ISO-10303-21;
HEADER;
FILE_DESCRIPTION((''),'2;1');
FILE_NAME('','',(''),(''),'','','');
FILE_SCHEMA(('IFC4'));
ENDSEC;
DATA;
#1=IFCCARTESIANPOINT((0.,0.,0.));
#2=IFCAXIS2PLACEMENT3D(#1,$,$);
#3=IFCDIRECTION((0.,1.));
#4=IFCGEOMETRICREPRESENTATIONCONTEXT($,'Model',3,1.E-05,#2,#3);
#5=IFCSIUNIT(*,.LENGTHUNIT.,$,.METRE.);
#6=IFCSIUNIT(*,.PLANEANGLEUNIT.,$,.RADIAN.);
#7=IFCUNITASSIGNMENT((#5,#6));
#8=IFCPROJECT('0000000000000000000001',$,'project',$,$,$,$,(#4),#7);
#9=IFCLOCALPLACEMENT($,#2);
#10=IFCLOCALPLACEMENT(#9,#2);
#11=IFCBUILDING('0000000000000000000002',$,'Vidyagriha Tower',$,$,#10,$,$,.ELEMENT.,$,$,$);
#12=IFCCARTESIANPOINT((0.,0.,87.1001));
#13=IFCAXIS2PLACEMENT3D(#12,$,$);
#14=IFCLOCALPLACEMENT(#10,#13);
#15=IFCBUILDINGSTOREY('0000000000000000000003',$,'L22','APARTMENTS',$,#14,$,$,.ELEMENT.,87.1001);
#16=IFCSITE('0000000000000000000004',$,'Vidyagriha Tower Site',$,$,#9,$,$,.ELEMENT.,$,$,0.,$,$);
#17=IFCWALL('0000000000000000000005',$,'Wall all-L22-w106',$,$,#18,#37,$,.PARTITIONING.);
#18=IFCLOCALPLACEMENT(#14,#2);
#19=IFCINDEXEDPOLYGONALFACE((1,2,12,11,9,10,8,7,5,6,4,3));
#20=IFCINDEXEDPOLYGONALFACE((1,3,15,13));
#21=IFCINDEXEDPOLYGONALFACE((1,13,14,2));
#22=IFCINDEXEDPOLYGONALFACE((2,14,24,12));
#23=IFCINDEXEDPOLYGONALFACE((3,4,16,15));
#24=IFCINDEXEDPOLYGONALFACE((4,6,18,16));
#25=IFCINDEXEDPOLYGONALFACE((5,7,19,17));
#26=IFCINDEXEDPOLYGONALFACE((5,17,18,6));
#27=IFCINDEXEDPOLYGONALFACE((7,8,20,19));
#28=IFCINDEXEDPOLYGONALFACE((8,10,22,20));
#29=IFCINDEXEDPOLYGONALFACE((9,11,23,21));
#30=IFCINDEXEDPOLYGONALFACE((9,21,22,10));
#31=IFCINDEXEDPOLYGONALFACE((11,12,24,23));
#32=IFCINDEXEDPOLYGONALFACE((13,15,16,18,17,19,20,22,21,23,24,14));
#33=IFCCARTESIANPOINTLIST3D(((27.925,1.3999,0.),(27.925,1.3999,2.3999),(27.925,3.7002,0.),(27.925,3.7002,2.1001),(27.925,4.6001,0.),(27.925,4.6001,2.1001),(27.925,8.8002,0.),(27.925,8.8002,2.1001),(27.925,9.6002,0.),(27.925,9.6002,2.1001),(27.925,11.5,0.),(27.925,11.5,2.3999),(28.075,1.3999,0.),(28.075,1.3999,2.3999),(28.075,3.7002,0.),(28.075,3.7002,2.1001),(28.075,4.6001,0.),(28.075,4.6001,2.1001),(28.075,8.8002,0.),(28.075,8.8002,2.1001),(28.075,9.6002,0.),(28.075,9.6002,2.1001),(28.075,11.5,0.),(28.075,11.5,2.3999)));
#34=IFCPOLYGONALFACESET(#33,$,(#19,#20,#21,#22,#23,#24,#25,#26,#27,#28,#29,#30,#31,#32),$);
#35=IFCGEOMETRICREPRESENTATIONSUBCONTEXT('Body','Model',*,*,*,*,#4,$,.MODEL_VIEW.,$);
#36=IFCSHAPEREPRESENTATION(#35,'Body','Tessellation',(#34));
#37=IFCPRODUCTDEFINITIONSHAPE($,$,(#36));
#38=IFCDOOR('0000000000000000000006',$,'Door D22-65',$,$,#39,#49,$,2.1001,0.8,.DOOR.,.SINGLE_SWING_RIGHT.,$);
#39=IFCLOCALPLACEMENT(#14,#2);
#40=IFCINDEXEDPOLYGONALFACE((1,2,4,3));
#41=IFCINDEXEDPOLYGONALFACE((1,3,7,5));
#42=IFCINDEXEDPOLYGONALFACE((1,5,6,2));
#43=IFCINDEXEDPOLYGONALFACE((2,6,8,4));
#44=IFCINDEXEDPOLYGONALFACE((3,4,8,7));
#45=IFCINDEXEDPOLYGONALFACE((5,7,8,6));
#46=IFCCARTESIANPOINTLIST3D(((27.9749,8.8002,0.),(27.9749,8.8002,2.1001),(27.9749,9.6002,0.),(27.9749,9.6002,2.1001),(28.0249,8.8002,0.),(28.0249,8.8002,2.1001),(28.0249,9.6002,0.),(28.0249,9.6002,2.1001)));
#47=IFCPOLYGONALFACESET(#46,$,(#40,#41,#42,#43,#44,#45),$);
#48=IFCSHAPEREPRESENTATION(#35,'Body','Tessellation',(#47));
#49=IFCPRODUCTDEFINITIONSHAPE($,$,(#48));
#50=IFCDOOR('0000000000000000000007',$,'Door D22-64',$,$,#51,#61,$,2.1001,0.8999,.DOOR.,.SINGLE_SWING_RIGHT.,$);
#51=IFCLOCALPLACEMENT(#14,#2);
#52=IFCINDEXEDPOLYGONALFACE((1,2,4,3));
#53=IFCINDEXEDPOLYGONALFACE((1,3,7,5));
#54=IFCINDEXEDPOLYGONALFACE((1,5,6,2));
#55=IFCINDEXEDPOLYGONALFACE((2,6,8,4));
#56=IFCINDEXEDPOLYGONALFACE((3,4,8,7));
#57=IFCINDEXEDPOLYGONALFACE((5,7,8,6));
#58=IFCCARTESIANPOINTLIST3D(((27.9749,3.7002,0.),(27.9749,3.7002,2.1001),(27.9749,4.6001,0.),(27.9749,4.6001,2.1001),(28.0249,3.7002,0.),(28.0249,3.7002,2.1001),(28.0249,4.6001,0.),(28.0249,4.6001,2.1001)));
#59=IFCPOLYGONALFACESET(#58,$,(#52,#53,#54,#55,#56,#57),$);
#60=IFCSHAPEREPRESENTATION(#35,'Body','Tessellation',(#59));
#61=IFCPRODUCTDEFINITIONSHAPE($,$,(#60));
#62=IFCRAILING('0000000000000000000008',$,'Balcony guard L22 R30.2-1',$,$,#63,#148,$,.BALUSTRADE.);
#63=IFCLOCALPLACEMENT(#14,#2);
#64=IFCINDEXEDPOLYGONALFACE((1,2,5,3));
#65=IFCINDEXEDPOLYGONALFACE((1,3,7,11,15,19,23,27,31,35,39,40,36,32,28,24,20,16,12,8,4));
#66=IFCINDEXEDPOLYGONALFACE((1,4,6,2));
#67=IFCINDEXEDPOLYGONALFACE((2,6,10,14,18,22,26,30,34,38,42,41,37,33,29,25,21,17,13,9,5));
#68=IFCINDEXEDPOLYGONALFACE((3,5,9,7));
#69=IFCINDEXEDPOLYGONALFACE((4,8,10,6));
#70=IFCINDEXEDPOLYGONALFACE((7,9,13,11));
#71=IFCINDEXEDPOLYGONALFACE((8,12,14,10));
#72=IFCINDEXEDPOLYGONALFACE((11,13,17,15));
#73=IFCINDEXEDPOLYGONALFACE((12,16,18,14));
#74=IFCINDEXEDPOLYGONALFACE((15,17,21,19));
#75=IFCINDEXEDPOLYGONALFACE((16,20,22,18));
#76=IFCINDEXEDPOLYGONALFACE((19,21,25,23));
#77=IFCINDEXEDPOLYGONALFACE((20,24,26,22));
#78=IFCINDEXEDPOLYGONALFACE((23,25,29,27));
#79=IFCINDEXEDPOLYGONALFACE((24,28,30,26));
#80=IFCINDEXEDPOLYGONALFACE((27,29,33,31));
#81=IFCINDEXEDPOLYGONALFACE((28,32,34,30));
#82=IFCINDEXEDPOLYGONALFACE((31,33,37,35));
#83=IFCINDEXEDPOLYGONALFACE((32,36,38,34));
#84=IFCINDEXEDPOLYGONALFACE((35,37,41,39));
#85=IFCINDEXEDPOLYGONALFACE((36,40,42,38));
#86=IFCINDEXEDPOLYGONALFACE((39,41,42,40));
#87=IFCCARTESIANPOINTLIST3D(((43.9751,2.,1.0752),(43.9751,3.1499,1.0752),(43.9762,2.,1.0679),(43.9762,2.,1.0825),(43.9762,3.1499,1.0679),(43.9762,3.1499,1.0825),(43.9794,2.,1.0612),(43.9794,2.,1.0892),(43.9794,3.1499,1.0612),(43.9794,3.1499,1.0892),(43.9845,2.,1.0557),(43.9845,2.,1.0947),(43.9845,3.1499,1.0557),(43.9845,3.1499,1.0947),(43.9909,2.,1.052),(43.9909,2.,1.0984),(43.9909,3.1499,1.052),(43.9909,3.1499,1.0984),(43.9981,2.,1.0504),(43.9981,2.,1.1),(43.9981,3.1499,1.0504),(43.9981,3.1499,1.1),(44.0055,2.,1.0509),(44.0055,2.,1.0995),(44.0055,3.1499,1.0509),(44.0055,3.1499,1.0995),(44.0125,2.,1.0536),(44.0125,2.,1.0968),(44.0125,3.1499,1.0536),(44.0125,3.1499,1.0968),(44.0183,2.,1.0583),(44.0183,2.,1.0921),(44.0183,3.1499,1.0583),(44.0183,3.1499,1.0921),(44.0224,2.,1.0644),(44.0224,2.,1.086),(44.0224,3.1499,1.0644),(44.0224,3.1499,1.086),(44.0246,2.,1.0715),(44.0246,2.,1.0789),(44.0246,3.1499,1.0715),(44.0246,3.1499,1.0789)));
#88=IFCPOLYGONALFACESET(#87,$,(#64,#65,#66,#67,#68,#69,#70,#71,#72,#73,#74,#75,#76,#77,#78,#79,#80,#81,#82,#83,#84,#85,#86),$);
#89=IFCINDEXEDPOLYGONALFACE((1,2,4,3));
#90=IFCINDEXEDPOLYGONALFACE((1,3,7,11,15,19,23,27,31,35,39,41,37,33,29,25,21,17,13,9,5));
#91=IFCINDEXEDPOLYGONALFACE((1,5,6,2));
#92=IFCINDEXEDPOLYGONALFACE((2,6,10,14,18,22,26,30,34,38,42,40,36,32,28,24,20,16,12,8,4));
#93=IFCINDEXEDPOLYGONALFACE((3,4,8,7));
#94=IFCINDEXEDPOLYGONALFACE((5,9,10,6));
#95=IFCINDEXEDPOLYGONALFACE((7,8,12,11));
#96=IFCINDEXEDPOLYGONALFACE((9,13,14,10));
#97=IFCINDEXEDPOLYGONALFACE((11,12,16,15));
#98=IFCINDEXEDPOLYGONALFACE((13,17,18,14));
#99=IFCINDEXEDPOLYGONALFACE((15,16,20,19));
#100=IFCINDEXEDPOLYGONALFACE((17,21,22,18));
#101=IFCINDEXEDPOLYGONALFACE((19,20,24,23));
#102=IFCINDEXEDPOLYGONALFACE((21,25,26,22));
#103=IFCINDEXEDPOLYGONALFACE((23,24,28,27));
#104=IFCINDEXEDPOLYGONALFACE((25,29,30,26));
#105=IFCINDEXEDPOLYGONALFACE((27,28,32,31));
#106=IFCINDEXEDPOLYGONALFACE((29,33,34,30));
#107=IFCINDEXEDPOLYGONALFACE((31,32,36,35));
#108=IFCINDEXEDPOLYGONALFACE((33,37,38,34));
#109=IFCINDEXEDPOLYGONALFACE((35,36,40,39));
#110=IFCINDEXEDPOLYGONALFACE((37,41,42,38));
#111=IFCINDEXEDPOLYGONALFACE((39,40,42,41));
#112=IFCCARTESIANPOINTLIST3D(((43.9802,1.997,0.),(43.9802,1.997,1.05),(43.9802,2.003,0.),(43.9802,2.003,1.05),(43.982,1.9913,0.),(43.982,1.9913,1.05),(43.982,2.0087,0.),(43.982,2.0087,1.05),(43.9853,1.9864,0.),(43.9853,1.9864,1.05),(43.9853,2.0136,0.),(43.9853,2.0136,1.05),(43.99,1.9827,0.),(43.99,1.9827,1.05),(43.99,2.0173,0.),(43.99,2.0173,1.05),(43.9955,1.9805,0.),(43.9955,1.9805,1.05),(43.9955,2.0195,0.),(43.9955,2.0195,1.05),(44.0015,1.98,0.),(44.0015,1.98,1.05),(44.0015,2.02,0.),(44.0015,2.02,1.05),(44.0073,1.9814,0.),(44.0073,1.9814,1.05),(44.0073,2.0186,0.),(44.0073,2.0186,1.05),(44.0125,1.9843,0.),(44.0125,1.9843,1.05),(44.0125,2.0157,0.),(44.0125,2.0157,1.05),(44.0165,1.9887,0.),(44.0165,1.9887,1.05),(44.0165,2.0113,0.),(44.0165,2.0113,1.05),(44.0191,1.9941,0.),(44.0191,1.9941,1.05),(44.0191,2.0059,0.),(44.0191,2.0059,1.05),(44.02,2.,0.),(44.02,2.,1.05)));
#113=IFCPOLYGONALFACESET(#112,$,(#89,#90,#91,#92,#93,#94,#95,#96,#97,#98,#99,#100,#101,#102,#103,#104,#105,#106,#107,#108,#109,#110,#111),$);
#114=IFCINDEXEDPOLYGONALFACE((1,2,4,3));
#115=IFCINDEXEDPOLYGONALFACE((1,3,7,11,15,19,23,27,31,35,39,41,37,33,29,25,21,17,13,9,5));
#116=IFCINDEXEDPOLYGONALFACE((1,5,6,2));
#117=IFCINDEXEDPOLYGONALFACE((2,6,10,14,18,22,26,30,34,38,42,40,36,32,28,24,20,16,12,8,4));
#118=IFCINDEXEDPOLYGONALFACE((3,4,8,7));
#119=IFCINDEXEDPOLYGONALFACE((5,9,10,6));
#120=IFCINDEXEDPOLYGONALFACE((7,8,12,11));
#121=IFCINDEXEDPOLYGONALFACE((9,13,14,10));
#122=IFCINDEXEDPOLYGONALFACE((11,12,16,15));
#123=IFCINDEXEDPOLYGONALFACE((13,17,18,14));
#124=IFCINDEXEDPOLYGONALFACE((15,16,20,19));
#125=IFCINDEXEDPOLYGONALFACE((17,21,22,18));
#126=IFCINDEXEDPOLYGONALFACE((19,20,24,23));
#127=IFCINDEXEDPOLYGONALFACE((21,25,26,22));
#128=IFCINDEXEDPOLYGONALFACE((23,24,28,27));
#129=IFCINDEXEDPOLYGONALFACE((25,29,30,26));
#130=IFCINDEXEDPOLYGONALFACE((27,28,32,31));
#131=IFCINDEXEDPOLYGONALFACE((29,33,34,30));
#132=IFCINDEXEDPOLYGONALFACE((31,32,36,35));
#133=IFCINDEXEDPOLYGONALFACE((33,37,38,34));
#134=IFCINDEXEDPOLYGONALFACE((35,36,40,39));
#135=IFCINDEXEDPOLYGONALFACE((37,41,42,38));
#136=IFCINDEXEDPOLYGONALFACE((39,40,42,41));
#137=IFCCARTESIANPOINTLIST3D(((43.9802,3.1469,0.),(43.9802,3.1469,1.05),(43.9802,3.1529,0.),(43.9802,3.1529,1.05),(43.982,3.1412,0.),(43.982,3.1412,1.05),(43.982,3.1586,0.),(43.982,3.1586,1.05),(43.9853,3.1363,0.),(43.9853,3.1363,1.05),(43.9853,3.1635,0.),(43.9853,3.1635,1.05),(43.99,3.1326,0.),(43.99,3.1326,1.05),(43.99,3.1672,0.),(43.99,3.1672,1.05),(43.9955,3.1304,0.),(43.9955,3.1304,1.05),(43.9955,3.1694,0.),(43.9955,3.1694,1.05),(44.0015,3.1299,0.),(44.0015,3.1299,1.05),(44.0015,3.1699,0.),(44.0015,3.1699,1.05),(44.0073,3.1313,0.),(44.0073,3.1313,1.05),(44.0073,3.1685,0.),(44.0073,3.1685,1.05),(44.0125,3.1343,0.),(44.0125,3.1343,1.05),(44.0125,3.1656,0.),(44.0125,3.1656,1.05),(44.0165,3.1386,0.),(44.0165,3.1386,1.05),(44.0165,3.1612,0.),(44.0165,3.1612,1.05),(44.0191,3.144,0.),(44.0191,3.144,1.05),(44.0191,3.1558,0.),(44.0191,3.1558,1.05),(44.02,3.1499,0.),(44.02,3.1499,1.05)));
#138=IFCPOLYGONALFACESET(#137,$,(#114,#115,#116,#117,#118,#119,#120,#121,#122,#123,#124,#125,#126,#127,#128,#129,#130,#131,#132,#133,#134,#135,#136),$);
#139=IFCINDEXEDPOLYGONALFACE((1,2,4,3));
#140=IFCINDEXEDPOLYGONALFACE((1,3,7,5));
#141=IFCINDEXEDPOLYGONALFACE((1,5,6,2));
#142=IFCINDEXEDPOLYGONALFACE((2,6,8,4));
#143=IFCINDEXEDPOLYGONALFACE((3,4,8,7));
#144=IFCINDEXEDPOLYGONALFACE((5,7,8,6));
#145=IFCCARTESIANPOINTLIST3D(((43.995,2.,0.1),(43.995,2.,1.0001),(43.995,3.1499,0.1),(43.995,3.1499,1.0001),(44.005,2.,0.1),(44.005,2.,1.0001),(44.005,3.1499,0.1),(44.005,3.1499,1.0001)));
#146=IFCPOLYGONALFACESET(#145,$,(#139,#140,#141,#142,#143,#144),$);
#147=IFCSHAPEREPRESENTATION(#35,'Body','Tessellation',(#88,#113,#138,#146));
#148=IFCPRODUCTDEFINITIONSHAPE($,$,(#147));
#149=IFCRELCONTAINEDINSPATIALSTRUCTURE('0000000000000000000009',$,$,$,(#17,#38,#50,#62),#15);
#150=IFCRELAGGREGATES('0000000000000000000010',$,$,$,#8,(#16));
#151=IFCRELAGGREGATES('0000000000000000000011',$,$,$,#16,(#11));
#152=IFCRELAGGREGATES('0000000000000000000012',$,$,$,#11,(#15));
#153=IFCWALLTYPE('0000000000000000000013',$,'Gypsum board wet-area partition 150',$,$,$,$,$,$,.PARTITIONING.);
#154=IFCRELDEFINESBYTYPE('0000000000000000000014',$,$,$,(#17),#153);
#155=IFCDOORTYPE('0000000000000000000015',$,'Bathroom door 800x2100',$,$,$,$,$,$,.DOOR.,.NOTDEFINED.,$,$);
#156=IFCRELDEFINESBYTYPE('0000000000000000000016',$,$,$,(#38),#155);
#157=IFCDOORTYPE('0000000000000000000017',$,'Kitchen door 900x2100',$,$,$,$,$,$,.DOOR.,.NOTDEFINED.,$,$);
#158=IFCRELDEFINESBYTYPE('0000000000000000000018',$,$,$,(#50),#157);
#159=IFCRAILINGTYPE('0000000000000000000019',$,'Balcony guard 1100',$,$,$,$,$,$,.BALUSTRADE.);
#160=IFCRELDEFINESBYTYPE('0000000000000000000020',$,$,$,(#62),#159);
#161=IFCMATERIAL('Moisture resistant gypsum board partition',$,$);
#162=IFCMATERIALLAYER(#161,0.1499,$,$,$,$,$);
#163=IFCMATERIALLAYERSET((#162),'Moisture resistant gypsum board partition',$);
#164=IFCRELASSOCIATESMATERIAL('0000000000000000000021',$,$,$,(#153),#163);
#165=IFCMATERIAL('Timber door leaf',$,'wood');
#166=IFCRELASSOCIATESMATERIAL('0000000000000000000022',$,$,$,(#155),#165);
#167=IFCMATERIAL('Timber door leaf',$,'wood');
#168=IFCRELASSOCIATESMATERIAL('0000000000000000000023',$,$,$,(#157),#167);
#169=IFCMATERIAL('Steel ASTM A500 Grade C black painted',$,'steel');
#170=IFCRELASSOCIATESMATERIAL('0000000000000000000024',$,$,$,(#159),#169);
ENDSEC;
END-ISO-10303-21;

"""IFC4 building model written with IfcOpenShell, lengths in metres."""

from ifc_helpers import new_model, si_unit, direction, frame, frame_2d, origin, origin_2d, place, context, subcontext, project, spatial, rectangle, circle, extrude, material, layer, layer_set, type_object, element, fill, save


model = new_model("IFC4")

# Units and contexts
model_context = context("Model", 3, precision=1e-05, world=origin(), true_north=direction((0.0, 1.0)))
body_context = subcontext(model_context, "Body", "Model", "MODEL_VIEW")
ifc_project = project(units=[si_unit("LENGTHUNIT", "METRE"), si_unit("PLANEANGLEUNIT", "RADIAN")], contexts=[model_context])

# Site, building, storey
site_placement = place(None, origin())
site = spatial("IfcSite", under=ifc_project, at=site_placement, Name="Vidyagriha Tower Site", CompositionType="ELEMENT", RefElevation=0.0)
building_placement = place(site_placement, origin())
building = spatial("IfcBuilding", under=site, at=building_placement, Name="Vidyagriha Tower", CompositionType="ELEMENT")
storey_placement = place(building_placement, frame((0.0, 0.0, 87.1001)))
storey = spatial("IfcBuildingStorey", under=building, at=storey_placement, Name="L22", Description="APARTMENTS", CompositionType="ELEMENT", Elevation=87.1001)

# Wall, openings, doors
ifc_material_1 = material(Name="Moisture resistant gypsum board partition")
ifc_layer_1 = layer(ifc_material_1, 0.1499)
ifc_layer_set_1 = layer_set([ifc_layer_1], Name="Moisture resistant gypsum board partition")
wall_type_1 = type_object("IfcWallType", Name="Gypsum board wet-area partition 150", PredefinedType="PARTITIONING", material=ifc_layer_set_1)
wall_1_placement = place(storey_placement, frame((28.0, 11.5, 0.0), z_axis=(0.0, 0.0, 1.0), x_axis=(0.0, -1.0, 0.0)))
wall_1 = element("IfcWall", 1, at=wall_1_placement, inside=storey, type_object=wall_type_1, Name="Wall all-L22-w106", PredefinedType="PARTITIONING", context=body_context, shape_type="SweptSolid", body=[
    extrude(rectangle(XDim=10.1001, YDim=0.1499, at=frame_2d((5.05, 0.0))), origin(), (0.0, 0.0, 1.0), 2.3999),
])
opening_1_placement = place(wall_1_placement, frame((6.8999, 0.0, 0.0)))
opening_1 = element("IfcOpeningElement", 2, at=opening_1_placement, cuts=wall_1, PredefinedType="OPENING", context=body_context, shape_type="SweptSolid", body=[
    extrude(rectangle(XDim=0.8999, YDim=2.1001, at=frame_2d((0.45, 1.05))), frame((0.0, 0.085, 0.0), z_axis=(0.0, -1.0, 0.0), x_axis=(1.0, 0.0, 0.0)), (0.0, 0.0, 1.0), 0.1699),
])
opening_2_placement = place(wall_1_placement, frame((1.8999, 0.0, 0.0)))
opening_2 = element("IfcOpeningElement", 3, at=opening_2_placement, cuts=wall_1, PredefinedType="OPENING", context=body_context, shape_type="SweptSolid", body=[
    extrude(rectangle(XDim=0.8, YDim=2.1001, at=frame_2d((0.3999, 1.05))), frame((0.0, 0.085, 0.0), z_axis=(0.0, -1.0, 0.0), x_axis=(1.0, 0.0, 0.0)), (0.0, 0.0, 1.0), 0.1699),
])
ifc_material_2 = material(Name="Timber door leaf", Category="wood")
door_type_1 = type_object("IfcDoorType", Name="Bathroom door 800x2100", OperationType="NOTDEFINED", PredefinedType="DOOR", material=ifc_material_2)
door_1_placement = place(opening_2_placement, origin())
door_1 = element("IfcDoor", 4, at=door_1_placement, inside=storey, type_object=door_type_1, Name="Door D22-65", OperationType="SINGLE_SWING_RIGHT", OverallHeight=2.1001, OverallWidth=0.8, PredefinedType="DOOR", context=body_context, shape_type="SweptSolid", body=[
    extrude(rectangle(XDim=0.8, YDim=2.1001, at=frame_2d((0.3999, 1.05))), frame((0.0, 0.0249, 0.0), z_axis=(0.0, -1.0, 0.0), x_axis=(1.0, 0.0, 0.0)), (0.0, 0.0, 1.0), 0.05),
])
fill(opening_2, door_1)
ifc_material_3 = material(Name="Timber door leaf", Category="wood")
door_type_2 = type_object("IfcDoorType", Name="Kitchen door 900x2100", OperationType="NOTDEFINED", PredefinedType="DOOR", material=ifc_material_3)
door_2_placement = place(opening_1_placement, origin())
door_2 = element("IfcDoor", 5, at=door_2_placement, inside=storey, type_object=door_type_2, Name="Door D22-64", OperationType="SINGLE_SWING_RIGHT", OverallHeight=2.1001, OverallWidth=0.8999, PredefinedType="DOOR", context=body_context, shape_type="SweptSolid", body=[
    extrude(rectangle(XDim=0.8999, YDim=2.1001, at=frame_2d((0.45, 1.05))), frame((0.0, 0.0249, 0.0), z_axis=(0.0, -1.0, 0.0), x_axis=(1.0, 0.0, 0.0)), (0.0, 0.0, 1.0), 0.05),
])
fill(opening_1, door_2)

# Railing
ifc_material_4 = material(Name="Steel ASTM A500 Grade C black painted", Category="steel")
railing_type_1 = type_object("IfcRailingType", Name="Balcony guard 1100", PredefinedType="BALUSTRADE", material=ifc_material_4)
railing_1_placement = place(storey_placement, frame((44.0, 2.0, 0.0)))
element("IfcRailing", 6, at=railing_1_placement, inside=storey, type_object=railing_type_1, Name="Balcony guard L22 R30.2-1", PredefinedType="BALUSTRADE", context=body_context, shape_type="SweptSolid", body=[
    extrude(circle(Radius=0.0249, at=origin_2d()), frame((0.0, 0.0, 1.0752), z_axis=(0.0, 1.0, 0.0), x_axis=(-1.0, 0.0, 0.0)), (0.0, 0.0, 1.0), 1.1499),
    extrude(circle(Radius=0.02, at=origin_2d()), origin(), (0.0, 0.0, 1.0), 1.05),
    extrude(circle(Radius=0.02, at=origin_2d()), frame((0.0, 1.1499, 0.0)), (0.0, 0.0, 1.0), 1.05),
    extrude(rectangle(XDim=0.01, YDim=0.9001, at=origin_2d()), frame((0.0, 0.0, 0.55), z_axis=(0.0, 1.0, 0.0), x_axis=(-1.0, 0.0, 0.0)), (0.0, 0.0, 1.0), 1.1499),
])

save(model, "model.ifc")
